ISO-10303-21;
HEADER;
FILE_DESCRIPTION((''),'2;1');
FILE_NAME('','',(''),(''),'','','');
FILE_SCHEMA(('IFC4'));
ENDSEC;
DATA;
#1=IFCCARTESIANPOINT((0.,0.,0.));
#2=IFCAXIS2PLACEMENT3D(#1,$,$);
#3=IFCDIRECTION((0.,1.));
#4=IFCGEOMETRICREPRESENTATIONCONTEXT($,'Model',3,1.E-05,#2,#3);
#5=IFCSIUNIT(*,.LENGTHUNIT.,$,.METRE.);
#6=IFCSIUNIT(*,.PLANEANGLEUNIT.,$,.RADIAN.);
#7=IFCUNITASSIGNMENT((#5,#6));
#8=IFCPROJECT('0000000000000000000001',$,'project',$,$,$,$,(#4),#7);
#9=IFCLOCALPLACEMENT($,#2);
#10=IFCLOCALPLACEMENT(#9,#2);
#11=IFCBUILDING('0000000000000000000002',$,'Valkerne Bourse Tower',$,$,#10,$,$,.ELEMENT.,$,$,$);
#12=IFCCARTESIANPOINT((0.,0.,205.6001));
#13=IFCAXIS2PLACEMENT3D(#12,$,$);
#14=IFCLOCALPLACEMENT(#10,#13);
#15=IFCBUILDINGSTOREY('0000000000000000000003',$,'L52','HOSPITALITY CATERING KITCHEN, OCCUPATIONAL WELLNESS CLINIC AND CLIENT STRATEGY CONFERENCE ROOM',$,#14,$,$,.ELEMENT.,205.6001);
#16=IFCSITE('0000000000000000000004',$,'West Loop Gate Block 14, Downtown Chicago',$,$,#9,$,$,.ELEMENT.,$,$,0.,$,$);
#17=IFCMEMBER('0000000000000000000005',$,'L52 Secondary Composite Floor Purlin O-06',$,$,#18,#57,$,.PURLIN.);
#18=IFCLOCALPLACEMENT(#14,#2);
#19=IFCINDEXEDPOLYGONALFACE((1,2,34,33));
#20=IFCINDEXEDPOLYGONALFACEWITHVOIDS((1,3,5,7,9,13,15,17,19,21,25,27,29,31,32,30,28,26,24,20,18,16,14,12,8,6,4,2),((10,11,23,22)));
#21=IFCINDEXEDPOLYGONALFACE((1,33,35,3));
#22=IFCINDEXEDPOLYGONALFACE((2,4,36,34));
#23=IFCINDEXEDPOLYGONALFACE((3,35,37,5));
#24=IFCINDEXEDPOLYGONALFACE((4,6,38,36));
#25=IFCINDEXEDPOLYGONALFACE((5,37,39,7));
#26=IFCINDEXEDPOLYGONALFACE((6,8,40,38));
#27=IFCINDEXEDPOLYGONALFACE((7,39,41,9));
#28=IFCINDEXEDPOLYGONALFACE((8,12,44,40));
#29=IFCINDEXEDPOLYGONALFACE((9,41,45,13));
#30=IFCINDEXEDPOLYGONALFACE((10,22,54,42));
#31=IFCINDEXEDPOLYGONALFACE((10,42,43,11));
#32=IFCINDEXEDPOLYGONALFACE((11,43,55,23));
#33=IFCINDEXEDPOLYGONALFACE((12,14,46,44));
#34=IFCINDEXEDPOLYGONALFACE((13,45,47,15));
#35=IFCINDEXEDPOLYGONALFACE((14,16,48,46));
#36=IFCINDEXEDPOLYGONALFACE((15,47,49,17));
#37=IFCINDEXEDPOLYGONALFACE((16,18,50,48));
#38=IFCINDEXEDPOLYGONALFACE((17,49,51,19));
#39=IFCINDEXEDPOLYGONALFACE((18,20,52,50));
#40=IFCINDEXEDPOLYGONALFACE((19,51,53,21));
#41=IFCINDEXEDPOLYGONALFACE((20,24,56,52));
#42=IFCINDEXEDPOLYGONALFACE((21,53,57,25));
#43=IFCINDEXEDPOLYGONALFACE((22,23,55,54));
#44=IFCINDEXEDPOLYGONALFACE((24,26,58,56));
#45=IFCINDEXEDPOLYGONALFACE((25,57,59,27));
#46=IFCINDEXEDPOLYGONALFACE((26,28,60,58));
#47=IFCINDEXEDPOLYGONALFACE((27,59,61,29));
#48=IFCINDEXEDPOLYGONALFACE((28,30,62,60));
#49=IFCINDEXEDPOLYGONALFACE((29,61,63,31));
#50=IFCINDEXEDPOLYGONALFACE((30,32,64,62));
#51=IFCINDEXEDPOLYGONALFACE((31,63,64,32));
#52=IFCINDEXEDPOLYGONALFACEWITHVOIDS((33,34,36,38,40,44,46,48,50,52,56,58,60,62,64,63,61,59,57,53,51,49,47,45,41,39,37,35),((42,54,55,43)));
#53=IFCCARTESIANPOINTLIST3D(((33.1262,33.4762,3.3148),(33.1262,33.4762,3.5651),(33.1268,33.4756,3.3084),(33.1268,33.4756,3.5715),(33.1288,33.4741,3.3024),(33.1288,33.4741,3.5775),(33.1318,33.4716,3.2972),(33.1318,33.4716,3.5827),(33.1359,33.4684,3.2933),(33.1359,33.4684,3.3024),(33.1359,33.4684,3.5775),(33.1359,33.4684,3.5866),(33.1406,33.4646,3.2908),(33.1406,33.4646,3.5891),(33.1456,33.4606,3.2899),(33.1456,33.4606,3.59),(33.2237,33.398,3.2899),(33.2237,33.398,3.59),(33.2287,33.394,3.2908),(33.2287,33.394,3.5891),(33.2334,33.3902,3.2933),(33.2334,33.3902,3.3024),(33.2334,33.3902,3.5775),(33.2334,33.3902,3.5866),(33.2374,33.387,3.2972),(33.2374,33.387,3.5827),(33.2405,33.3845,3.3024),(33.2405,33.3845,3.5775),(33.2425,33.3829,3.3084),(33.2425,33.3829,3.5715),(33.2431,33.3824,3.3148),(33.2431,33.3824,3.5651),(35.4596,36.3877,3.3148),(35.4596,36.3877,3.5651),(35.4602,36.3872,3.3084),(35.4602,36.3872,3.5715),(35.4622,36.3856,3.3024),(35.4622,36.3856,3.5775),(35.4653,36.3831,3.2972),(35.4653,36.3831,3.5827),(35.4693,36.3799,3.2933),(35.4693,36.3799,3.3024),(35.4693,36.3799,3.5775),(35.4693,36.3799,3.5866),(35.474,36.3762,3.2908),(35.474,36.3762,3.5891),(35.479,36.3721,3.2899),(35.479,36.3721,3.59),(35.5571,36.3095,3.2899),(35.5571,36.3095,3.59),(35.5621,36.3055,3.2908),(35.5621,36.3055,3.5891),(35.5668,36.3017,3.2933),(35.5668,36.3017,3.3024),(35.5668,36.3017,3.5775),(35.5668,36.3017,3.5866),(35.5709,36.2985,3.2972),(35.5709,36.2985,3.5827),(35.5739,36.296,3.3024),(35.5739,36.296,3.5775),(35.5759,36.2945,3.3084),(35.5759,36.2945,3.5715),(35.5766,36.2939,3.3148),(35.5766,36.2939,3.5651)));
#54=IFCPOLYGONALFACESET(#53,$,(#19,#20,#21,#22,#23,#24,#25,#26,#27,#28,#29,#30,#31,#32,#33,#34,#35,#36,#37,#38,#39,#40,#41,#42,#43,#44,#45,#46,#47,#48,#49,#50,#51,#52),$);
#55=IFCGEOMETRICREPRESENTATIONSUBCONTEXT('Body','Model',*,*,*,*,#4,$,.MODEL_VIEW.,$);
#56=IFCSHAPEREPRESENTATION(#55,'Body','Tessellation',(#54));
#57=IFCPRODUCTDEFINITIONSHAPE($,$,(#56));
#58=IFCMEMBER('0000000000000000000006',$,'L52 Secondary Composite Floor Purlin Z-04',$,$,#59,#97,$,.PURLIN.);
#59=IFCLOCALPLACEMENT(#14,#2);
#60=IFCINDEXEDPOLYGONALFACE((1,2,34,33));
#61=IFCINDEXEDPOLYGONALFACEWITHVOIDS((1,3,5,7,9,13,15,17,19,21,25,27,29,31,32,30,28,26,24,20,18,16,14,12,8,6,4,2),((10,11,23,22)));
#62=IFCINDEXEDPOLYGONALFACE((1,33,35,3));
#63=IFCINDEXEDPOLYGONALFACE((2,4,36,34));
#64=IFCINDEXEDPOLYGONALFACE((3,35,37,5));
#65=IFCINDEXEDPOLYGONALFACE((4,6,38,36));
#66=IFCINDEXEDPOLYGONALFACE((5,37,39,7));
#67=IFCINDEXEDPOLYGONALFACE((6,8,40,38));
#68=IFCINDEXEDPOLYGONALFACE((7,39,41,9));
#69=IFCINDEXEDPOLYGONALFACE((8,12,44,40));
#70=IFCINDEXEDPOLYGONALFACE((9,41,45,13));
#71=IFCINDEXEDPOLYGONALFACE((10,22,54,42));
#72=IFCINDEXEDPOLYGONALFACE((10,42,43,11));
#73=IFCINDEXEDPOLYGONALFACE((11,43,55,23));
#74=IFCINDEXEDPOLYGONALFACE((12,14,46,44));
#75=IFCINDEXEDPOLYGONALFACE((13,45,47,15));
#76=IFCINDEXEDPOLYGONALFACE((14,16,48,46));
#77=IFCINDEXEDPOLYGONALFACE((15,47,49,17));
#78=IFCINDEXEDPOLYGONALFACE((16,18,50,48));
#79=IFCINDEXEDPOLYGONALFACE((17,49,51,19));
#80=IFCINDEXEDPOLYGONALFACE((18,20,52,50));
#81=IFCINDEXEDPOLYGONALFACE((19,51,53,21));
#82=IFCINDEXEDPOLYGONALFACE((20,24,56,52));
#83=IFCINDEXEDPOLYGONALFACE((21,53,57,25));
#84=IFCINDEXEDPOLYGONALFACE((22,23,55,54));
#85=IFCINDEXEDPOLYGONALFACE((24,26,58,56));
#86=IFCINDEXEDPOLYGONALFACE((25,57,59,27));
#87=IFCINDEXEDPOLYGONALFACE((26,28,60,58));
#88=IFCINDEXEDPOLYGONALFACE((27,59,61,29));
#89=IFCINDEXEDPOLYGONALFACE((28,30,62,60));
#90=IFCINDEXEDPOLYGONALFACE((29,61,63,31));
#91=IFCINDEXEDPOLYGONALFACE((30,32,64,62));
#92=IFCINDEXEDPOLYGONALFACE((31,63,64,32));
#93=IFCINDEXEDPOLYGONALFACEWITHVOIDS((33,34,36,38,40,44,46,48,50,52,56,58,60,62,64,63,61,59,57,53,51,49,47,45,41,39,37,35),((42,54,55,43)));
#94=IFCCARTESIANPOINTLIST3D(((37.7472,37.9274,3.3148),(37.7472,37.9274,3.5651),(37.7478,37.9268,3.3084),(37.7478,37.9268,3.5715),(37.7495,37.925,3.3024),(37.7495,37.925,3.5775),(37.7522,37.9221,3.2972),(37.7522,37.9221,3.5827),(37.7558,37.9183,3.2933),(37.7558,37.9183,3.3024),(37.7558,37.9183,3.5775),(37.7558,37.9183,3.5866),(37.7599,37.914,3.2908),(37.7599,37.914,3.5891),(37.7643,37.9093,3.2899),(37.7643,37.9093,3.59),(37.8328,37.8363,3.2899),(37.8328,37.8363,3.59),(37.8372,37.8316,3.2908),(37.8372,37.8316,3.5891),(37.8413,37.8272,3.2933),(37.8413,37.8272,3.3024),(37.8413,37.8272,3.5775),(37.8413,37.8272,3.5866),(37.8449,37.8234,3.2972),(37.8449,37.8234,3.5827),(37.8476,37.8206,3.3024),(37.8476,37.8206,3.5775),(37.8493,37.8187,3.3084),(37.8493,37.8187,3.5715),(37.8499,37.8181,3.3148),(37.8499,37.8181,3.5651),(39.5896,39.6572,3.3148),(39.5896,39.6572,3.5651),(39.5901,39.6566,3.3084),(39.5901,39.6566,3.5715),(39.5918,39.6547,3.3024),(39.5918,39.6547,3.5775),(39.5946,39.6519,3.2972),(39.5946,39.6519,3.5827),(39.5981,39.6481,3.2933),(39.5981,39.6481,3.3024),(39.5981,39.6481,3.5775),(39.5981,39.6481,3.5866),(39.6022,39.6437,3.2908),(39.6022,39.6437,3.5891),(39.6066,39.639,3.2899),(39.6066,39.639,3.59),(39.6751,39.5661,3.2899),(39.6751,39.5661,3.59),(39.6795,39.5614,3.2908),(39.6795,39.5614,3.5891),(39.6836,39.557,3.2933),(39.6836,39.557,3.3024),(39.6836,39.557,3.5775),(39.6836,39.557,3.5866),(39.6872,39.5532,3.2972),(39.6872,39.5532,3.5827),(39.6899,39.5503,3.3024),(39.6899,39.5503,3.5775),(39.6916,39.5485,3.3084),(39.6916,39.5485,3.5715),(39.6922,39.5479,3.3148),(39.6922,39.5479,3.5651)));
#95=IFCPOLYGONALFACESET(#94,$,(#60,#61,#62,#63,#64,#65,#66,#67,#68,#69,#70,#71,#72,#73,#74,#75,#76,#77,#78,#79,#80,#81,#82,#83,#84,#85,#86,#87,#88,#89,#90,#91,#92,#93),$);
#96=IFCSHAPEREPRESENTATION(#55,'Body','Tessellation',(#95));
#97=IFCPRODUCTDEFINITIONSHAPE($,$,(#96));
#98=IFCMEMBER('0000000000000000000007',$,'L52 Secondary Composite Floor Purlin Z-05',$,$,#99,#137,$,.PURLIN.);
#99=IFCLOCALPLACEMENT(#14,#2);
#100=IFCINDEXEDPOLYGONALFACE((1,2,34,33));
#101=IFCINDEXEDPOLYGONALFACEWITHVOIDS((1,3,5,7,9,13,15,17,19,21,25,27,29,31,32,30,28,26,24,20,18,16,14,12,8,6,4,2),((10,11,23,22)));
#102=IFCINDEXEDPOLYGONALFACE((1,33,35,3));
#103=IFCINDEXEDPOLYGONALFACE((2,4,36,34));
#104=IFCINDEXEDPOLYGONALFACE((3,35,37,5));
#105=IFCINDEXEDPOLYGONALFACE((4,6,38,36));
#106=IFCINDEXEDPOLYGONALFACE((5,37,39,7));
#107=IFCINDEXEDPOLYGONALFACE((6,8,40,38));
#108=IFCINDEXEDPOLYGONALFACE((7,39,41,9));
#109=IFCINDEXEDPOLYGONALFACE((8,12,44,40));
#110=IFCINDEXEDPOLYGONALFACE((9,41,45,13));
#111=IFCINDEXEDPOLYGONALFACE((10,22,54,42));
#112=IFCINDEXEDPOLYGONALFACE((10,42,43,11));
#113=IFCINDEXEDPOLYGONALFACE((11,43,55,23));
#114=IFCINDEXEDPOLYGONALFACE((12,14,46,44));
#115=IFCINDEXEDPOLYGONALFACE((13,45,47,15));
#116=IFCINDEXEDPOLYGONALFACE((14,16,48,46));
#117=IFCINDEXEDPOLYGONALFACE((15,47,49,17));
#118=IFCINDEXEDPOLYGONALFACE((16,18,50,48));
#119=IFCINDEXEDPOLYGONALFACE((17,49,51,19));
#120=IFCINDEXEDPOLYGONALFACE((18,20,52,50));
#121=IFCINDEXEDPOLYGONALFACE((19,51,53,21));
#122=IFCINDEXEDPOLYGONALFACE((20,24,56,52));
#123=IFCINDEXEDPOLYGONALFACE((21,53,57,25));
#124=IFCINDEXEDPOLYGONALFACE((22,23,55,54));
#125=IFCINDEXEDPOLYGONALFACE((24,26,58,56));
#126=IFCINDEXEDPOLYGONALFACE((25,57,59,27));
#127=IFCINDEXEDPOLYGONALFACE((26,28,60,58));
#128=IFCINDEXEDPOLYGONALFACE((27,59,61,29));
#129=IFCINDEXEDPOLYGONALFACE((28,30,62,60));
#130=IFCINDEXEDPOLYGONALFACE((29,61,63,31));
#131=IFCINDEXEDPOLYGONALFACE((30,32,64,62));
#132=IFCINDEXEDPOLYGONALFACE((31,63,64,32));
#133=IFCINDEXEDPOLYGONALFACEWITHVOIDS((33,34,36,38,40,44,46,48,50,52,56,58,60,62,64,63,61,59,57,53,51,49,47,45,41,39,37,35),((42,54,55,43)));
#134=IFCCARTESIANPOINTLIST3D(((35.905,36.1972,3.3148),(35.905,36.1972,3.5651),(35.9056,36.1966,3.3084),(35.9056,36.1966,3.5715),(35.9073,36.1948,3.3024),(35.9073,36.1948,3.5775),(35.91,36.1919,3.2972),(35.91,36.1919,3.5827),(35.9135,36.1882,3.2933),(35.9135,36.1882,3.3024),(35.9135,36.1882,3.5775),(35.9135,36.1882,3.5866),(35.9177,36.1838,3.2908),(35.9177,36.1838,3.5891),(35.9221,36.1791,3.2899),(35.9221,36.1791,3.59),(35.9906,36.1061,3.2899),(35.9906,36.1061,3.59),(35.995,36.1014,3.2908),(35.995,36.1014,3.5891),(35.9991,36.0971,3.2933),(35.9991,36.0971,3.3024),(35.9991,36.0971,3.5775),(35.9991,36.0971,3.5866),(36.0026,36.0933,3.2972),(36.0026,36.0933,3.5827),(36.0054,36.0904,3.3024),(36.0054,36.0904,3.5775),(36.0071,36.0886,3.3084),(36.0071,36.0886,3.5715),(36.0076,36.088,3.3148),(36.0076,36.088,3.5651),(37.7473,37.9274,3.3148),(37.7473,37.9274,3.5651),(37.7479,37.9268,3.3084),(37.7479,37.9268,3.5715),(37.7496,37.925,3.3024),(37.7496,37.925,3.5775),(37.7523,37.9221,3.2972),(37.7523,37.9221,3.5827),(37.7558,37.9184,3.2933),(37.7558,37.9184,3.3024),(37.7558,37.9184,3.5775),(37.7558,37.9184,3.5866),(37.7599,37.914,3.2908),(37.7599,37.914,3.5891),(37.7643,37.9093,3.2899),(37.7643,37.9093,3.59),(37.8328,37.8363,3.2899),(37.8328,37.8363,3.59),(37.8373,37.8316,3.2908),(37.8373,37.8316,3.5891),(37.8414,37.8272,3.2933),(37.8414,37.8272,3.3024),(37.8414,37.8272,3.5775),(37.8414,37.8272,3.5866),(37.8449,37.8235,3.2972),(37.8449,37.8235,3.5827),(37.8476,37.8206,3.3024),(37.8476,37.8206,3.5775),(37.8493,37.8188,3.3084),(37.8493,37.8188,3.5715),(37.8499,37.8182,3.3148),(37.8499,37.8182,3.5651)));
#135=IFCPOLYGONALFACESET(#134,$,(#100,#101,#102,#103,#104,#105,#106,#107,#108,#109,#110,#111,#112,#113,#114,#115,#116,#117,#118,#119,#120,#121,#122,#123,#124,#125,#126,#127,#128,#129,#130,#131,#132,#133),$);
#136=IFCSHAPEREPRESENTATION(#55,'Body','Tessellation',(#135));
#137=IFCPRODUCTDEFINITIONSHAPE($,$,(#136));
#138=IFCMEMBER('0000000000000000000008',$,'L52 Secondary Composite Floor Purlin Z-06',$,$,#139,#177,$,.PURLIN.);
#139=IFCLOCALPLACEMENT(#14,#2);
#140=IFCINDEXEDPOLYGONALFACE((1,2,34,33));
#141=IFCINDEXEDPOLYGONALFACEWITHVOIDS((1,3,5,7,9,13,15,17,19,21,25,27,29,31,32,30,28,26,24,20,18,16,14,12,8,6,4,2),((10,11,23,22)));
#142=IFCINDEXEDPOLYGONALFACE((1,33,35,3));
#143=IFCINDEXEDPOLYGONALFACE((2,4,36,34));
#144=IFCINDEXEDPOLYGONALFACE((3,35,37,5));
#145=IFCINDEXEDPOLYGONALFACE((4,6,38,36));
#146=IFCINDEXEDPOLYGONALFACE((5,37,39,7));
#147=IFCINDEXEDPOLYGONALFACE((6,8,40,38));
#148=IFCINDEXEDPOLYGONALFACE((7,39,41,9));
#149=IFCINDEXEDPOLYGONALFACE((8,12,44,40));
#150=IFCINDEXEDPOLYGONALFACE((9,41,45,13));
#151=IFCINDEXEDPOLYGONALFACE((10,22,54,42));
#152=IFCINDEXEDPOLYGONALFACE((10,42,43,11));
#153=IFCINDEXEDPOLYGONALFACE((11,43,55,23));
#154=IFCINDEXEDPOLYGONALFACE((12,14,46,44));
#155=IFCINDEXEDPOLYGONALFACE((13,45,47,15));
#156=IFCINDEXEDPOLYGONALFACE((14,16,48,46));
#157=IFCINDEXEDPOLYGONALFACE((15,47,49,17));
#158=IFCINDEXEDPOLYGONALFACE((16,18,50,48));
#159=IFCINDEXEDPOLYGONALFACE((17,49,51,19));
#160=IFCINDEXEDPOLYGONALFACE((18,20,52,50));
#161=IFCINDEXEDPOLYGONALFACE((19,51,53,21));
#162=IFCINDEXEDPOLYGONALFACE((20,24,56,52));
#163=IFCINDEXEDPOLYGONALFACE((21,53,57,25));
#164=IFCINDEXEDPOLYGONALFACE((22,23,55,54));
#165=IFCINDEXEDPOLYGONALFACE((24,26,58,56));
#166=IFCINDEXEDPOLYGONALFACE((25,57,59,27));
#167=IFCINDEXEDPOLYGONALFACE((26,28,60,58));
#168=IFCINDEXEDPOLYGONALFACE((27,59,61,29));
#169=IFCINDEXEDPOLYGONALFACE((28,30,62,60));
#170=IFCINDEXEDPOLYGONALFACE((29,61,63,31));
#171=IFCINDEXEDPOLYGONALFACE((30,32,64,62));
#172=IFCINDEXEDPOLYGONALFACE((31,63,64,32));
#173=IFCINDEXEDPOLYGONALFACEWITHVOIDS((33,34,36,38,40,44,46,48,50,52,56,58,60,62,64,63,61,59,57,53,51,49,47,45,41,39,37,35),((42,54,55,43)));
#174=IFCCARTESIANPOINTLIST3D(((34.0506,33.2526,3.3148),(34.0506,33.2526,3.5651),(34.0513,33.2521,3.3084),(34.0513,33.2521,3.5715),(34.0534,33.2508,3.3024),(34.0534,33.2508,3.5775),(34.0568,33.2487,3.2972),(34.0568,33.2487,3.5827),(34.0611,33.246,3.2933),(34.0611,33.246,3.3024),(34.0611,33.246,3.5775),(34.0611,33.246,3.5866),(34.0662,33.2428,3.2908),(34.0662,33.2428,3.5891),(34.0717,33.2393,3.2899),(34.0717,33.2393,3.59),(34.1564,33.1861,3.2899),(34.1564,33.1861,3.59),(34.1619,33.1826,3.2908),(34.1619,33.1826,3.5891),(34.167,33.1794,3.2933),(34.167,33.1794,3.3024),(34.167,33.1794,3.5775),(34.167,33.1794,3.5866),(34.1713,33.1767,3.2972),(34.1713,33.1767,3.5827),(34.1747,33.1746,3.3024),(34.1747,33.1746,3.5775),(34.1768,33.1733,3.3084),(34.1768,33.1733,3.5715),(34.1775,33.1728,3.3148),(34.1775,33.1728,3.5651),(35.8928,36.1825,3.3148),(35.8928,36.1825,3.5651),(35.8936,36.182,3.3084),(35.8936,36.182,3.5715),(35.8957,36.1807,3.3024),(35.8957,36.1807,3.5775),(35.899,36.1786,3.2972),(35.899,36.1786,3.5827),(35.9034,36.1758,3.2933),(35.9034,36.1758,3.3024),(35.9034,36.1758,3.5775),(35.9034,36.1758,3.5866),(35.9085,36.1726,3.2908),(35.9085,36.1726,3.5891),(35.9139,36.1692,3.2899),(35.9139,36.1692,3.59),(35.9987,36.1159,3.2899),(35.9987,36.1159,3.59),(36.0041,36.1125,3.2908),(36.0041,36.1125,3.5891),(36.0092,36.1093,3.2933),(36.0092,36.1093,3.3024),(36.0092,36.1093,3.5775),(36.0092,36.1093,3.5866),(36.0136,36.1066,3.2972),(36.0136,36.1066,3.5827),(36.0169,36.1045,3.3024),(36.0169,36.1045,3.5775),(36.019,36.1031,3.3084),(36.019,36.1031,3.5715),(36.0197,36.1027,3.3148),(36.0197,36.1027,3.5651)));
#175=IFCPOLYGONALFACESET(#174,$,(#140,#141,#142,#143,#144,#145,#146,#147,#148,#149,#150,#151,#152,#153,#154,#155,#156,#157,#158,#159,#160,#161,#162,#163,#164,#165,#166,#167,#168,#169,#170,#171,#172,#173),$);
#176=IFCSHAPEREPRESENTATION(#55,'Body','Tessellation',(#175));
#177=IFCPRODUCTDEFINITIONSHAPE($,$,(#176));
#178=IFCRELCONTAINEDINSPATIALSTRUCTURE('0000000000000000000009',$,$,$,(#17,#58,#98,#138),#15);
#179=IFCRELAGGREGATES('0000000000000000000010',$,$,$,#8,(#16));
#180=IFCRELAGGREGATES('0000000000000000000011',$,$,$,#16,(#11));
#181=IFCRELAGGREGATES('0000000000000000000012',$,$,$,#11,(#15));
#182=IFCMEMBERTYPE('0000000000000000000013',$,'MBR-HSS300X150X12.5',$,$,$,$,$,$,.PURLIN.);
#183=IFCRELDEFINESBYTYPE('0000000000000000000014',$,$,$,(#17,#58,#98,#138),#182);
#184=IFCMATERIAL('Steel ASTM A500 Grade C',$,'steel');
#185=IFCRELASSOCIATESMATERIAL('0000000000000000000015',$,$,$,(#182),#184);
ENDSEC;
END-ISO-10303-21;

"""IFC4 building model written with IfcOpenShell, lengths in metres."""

from ifc_helpers import new_model, si_unit, direction, frame, origin, origin_2d, place, context, subcontext, project, spatial, hollow_rectangle, extrude, material, material_profile, profile_set, type_object, element, save


model = new_model("IFC4")

# Units and contexts
model_context = context("Model", 3, precision=1e-05, world=origin(), true_north=direction((0.0, 1.0)))
body_context = subcontext(model_context, "Body", "Model", "MODEL_VIEW")
ifc_project = project(units=[si_unit("LENGTHUNIT", "METRE"), si_unit("PLANEANGLEUNIT", "RADIAN")], contexts=[model_context])

# Site, building, storey
site_placement = place(None, origin())
site = spatial("IfcSite", under=ifc_project, at=site_placement, Name="West Loop Gate Block 14, Downtown Chicago", CompositionType="ELEMENT", RefElevation=0.0)
building_placement = place(site_placement, origin())
building = spatial("IfcBuilding", under=site, at=building_placement, Name="Valkerne Bourse Tower", CompositionType="ELEMENT")
storey_placement = place(building_placement, frame((0.0, 0.0, 205.6001)))
storey = spatial("IfcBuildingStorey", under=building, at=storey_placement, Name="L52", Description="HOSPITALITY CATERING KITCHEN, OCCUPATIONAL WELLNESS CLINIC AND CLIENT STRATEGY CONFERENCE ROOM", CompositionType="ELEMENT", Elevation=205.6001)

# Members
ifc_material_1 = material(Name="Steel ASTM A500 Grade C", Category="steel")
ifc_material_profile_1 = material_profile(ifc_material_1, hollow_rectangle(XDim=0.1499, YDim=0.3, WallThickness=0.0125, OuterFilletRadius=0.0249, at=origin_2d()), Name="HSS300X150X12.5")
ifc_profile_set_1 = profile_set([ifc_material_profile_1], Name="Steel ASTM A500 Grade C")
member_type_1 = type_object("IfcMemberType", Name="MBR-HSS300X150X12.5", PredefinedType="PURLIN", material=ifc_profile_set_1)
member_1_placement = place(storey_placement, frame((35.5181, 36.3408, 3.4399), z_axis=(-0.625381, -0.78032, 0.0), x_axis=(0.78032, -0.625381, 0.0)))
element("IfcMember", 1, at=member_1_placement, inside=storey, type_object=member_type_1, Name="L52 Secondary Composite Floor Purlin O-06", PredefinedType="PURLIN", context=body_context, shape_type="SweptSolid", body=[
    extrude(hollow_rectangle(XDim=0.1499, YDim=0.3, WallThickness=0.0125, OuterFilletRadius=0.0249, at=origin_2d()), origin(), (0.0, 0.0, 1.0), 3.7312),
])
member_2_placement = place(storey_placement, frame((39.6409, 39.6025, 3.4399), z_axis=(-0.729025, -0.684487, 0.0), x_axis=(0.684487, -0.729025, 0.0)))
element("IfcMember", 2, at=member_2_placement, inside=storey, type_object=member_type_1, Name="L52 Secondary Composite Floor Purlin Z-04", PredefinedType="PURLIN", context=body_context, shape_type="SweptSolid", body=[
    extrude(hollow_rectangle(XDim=0.1499, YDim=0.3, WallThickness=0.0125, OuterFilletRadius=0.0249, at=origin_2d()), origin(), (0.0, 0.0, 1.0), 2.5271),
])
member_3_placement = place(storey_placement, frame((37.7986, 37.8728, 3.4399), z_axis=(-0.728928, -0.68459, 0.0), x_axis=(0.68459, -0.728928, 0.0)))
element("IfcMember", 3, at=member_3_placement, inside=storey, type_object=member_type_1, Name="L52 Secondary Composite Floor Purlin Z-05", PredefinedType="PURLIN", context=body_context, shape_type="SweptSolid", body=[
    extrude(hollow_rectangle(XDim=0.1499, YDim=0.3, WallThickness=0.0125, OuterFilletRadius=0.0249, at=origin_2d()), origin(), (0.0, 0.0, 1.0), 2.5273),
])
member_4_placement = place(storey_placement, frame((35.9563, 36.1426, 3.4399), z_axis=(-0.532299, -0.846557, 0.0), x_axis=(0.846557, -0.532299, 0.0)))
element("IfcMember", 4, at=member_4_placement, inside=storey, type_object=member_type_1, Name="L52 Secondary Composite Floor Purlin Z-06", PredefinedType="PURLIN", context=body_context, shape_type="SweptSolid", body=[
    extrude(hollow_rectangle(XDim=0.1499, YDim=0.3, WallThickness=0.0125, OuterFilletRadius=0.0249, at=origin_2d()), origin(), (0.0, 0.0, 1.0), 3.4609),
])

save(model, "model.ifc")
